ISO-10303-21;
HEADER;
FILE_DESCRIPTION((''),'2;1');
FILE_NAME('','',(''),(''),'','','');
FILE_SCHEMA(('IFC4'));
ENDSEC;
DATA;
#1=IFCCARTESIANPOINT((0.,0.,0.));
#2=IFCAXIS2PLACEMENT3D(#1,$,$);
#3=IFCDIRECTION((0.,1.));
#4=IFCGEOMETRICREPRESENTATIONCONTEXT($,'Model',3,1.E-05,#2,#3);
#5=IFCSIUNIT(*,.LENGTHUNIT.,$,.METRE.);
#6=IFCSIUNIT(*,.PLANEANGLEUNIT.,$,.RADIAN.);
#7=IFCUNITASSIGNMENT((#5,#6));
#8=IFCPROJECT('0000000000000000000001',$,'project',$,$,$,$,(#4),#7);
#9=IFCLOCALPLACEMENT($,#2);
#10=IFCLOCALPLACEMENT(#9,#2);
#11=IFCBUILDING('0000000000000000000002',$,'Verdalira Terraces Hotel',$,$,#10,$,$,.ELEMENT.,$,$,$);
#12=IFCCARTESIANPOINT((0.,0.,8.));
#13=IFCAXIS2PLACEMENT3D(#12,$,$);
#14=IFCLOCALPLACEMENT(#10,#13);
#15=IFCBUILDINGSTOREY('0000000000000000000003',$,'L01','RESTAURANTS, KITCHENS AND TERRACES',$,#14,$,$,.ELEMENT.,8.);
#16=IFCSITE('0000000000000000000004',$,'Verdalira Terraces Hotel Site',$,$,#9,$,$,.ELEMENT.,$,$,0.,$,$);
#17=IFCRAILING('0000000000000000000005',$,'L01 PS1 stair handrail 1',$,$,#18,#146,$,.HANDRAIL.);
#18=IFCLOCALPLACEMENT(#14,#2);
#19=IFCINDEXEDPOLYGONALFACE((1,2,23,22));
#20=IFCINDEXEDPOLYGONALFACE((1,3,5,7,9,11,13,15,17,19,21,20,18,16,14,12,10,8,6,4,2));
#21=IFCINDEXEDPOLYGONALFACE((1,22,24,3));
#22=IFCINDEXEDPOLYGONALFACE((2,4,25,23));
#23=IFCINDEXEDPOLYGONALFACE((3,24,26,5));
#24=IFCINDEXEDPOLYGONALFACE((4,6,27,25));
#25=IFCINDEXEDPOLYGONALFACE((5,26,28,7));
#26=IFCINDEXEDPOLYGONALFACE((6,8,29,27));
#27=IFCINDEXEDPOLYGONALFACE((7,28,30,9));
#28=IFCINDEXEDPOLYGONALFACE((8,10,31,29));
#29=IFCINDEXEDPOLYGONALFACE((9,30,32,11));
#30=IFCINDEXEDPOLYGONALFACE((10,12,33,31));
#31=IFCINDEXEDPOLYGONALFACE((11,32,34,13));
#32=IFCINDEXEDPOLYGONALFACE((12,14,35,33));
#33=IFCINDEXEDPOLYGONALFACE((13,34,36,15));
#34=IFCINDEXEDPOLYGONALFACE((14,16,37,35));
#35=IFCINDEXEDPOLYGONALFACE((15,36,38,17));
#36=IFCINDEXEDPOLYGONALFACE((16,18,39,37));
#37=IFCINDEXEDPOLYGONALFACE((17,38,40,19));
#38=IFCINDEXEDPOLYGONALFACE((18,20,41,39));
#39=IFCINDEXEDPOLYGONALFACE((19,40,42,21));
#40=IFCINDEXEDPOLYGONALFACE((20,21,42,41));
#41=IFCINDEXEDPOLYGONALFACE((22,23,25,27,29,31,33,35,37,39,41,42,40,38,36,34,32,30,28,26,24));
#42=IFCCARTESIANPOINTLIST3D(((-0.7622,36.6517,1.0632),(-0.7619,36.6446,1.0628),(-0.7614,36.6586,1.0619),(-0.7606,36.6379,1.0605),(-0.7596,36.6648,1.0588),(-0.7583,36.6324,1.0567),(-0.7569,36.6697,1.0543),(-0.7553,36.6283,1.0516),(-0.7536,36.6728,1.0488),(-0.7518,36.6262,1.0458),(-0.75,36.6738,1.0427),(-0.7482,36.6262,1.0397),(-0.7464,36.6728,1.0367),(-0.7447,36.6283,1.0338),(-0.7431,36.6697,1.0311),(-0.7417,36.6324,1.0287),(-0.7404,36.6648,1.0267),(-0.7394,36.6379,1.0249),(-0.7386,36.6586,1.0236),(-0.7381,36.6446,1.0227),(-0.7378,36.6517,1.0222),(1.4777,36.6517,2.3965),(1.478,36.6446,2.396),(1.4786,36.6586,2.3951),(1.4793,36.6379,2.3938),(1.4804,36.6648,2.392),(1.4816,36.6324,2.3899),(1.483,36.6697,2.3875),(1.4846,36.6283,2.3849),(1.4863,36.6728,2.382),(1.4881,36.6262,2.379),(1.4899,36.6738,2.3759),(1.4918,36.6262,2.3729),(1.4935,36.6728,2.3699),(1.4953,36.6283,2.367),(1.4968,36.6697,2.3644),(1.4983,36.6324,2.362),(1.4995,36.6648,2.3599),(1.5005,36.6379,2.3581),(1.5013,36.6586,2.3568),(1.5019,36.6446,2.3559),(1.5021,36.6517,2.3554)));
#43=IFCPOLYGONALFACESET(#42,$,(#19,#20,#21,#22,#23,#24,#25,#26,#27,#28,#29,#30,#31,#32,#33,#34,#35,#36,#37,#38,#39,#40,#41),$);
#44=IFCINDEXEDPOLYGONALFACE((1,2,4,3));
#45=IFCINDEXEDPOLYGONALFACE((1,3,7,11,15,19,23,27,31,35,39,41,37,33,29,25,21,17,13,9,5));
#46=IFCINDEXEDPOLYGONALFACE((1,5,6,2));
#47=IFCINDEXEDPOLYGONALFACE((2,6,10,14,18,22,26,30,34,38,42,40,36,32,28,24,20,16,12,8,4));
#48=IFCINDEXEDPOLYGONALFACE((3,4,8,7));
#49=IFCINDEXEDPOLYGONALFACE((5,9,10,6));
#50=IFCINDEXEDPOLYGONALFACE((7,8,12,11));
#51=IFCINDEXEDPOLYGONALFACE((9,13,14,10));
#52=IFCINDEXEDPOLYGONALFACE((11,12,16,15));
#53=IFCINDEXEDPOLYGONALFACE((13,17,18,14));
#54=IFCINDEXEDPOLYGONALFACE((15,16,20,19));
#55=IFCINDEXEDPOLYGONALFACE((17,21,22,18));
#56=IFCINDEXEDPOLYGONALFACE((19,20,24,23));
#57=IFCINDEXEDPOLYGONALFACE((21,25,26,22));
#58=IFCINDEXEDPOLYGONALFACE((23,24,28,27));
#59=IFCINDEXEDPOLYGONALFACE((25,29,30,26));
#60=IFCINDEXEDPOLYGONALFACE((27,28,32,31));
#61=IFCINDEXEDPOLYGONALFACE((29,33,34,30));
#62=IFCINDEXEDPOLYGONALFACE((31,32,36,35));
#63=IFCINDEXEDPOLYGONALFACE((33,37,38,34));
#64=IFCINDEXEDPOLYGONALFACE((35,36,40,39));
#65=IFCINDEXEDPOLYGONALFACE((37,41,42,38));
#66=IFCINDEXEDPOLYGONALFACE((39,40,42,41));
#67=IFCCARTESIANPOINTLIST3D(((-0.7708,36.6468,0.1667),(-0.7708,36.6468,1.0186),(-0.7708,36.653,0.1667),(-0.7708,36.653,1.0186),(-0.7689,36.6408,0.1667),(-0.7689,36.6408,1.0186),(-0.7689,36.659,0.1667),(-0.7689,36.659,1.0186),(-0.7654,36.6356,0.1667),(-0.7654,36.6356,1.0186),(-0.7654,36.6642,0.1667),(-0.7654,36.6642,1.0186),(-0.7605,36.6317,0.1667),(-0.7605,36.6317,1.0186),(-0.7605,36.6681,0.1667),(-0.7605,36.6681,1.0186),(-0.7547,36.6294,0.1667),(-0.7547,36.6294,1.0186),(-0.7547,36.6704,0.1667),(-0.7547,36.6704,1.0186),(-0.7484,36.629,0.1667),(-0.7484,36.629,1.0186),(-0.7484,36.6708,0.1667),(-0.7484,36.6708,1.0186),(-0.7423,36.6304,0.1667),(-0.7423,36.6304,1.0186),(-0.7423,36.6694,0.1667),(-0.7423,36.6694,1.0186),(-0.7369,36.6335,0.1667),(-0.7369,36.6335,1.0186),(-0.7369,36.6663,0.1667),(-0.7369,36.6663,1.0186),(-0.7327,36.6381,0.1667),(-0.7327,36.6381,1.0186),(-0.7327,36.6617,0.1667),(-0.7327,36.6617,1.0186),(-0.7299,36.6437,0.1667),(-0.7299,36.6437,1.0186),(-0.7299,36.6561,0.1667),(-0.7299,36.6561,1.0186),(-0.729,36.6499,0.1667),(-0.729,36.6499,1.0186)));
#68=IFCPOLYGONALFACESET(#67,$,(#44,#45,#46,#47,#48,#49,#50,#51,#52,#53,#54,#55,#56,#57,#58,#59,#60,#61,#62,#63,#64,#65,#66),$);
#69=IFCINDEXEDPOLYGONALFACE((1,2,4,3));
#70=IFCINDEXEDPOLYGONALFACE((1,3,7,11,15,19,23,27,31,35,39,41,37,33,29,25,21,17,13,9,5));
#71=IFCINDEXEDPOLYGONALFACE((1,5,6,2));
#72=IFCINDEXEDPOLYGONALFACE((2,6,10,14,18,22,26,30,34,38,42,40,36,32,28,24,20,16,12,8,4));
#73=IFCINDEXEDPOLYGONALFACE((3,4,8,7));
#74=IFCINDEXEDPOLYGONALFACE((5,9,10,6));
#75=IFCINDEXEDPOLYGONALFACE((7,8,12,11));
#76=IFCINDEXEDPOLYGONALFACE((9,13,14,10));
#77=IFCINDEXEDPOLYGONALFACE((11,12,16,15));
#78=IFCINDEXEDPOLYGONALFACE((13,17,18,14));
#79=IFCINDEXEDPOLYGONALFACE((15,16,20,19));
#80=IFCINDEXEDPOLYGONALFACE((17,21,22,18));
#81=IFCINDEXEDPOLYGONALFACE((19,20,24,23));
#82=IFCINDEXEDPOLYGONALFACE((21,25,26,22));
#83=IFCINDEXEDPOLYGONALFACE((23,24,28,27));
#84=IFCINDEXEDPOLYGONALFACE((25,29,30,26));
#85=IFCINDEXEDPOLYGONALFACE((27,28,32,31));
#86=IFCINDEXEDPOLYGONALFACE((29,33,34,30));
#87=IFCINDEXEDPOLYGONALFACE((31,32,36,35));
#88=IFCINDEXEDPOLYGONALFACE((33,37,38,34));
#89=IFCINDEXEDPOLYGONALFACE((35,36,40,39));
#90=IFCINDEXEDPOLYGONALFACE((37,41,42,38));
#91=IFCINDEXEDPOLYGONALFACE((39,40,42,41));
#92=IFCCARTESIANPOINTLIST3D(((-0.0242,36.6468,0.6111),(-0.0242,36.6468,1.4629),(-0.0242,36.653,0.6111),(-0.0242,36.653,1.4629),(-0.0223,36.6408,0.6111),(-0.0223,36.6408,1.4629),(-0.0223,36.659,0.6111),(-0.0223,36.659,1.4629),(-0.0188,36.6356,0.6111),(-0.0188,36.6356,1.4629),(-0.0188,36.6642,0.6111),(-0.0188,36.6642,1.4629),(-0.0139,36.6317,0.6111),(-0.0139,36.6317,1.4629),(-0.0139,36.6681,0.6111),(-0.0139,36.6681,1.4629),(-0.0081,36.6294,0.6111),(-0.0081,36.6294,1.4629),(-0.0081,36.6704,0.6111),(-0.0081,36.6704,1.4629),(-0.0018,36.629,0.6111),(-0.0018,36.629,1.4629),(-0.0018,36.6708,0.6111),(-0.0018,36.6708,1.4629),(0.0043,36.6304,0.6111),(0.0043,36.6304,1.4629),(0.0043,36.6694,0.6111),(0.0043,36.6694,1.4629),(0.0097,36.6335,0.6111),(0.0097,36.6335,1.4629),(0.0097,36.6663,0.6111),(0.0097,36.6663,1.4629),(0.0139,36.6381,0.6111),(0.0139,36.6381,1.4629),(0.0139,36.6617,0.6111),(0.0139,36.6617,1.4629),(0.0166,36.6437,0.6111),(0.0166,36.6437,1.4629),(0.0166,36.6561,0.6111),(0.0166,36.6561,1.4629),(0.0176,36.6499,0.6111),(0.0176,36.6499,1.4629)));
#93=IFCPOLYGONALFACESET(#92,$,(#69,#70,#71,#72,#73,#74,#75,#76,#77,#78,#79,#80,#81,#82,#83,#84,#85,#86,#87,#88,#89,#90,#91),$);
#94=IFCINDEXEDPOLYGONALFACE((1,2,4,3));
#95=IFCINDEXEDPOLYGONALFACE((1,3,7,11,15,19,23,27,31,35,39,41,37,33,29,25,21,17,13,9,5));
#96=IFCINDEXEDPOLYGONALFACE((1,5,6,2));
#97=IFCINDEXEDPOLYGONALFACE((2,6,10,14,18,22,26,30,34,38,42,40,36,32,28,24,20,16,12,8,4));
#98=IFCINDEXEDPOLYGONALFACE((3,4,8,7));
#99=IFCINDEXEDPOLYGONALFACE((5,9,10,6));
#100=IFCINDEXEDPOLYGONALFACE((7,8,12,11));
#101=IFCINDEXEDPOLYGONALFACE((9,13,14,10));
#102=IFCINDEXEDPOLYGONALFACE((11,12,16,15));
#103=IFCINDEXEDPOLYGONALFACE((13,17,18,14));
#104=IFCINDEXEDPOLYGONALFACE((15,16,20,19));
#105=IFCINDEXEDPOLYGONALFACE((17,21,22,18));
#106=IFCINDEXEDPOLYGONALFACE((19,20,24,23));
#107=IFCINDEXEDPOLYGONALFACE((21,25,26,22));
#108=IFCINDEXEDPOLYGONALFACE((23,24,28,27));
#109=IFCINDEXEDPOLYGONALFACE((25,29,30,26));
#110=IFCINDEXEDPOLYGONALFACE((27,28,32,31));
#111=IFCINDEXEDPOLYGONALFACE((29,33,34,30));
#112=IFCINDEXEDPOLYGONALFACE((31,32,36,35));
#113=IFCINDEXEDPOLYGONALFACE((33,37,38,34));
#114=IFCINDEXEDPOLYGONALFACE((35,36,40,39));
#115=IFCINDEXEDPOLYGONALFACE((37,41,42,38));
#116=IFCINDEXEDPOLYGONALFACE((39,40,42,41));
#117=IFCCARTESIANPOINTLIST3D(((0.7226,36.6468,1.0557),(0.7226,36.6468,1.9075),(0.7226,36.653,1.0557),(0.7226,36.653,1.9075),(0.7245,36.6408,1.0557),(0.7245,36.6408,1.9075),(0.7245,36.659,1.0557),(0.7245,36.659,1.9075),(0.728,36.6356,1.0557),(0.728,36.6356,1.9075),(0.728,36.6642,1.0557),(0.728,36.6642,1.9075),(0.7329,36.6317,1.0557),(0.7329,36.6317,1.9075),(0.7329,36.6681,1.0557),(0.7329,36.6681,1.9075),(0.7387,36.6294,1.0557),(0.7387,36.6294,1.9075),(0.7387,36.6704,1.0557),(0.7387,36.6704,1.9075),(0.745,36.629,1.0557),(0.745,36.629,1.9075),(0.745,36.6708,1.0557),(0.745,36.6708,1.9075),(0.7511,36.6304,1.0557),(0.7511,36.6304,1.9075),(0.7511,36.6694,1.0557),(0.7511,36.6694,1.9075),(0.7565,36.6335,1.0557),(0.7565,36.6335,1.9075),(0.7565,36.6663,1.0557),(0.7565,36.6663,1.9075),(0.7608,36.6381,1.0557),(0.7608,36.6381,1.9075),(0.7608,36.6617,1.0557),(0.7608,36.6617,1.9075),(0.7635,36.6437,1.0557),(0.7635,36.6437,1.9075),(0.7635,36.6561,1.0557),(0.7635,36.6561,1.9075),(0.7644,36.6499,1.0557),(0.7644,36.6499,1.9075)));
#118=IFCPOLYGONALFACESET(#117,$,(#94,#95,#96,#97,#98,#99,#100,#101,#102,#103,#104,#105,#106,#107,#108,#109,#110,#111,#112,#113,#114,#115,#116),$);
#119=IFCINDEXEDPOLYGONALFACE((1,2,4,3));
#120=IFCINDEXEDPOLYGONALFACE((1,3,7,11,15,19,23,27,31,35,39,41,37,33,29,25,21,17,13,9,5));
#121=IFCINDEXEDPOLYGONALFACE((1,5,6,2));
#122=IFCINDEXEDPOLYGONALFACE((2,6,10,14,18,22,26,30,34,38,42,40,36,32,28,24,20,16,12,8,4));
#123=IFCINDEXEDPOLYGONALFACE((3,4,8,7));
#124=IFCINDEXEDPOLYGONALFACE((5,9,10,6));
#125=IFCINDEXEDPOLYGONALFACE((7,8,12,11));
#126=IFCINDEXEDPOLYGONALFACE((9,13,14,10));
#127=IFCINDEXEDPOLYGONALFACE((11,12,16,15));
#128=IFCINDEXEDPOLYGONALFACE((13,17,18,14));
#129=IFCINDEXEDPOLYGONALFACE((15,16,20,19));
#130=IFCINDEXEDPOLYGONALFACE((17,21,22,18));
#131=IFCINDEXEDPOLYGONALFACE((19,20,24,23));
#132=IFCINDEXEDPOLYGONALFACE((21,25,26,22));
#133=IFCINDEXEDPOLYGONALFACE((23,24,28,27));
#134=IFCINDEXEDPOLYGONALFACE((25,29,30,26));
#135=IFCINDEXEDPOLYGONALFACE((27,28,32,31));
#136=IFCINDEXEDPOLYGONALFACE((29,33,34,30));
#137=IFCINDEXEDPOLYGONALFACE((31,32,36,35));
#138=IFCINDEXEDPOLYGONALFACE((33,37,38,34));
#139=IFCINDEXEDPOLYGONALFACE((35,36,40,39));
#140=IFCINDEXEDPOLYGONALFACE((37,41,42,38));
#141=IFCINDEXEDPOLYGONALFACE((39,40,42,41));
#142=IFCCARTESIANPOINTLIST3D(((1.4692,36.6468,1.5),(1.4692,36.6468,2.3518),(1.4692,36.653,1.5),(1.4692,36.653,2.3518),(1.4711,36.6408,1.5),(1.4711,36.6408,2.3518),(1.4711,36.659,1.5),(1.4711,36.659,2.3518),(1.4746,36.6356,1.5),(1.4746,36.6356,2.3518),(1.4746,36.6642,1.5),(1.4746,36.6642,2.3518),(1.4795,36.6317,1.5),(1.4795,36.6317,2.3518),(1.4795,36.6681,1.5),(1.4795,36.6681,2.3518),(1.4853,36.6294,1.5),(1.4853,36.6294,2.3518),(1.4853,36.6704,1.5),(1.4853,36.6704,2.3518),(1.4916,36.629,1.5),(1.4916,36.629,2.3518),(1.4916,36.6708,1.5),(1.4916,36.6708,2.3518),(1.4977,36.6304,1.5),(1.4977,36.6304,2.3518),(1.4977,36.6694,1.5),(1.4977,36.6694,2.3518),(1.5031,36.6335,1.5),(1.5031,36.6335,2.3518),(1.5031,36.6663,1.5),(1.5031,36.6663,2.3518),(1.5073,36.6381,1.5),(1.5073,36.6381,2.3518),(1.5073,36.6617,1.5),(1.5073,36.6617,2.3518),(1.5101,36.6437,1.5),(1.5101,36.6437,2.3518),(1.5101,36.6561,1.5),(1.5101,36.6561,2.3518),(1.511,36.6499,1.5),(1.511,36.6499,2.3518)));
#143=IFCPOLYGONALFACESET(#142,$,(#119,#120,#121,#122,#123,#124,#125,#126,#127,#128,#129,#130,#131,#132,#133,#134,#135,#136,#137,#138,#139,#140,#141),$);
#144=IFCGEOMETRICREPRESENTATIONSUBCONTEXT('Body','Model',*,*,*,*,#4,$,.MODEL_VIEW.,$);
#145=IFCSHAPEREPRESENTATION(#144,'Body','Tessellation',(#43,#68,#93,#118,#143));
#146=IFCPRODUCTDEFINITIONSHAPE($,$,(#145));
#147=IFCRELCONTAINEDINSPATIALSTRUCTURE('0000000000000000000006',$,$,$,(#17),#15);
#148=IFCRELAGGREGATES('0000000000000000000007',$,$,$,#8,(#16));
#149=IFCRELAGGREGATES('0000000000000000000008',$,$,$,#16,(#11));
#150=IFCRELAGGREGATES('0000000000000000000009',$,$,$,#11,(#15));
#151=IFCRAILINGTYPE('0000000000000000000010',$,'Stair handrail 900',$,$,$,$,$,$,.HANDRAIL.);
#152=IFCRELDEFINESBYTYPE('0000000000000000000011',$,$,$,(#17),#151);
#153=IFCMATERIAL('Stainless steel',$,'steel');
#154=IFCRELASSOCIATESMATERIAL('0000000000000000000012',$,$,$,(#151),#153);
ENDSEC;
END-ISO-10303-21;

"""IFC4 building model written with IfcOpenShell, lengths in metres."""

from ifc_helpers import new_model, si_unit, direction, frame, origin, origin_2d, place, context, subcontext, project, spatial, circle, extrude, material, type_object, element, save


model = new_model("IFC4")

# Units and contexts
model_context = context("Model", 3, precision=1e-05, world=origin(), true_north=direction((0.0, 1.0)))
body_context = subcontext(model_context, "Body", "Model", "MODEL_VIEW")
ifc_project = project(units=[si_unit("LENGTHUNIT", "METRE"), si_unit("PLANEANGLEUNIT", "RADIAN")], contexts=[model_context])

# Site, building, storey
site_placement = place(None, origin())
site = spatial("IfcSite", under=ifc_project, at=site_placement, Name="Verdalira Terraces Hotel Site", CompositionType="ELEMENT", RefElevation=0.0)
building_placement = place(site_placement, origin())
building = spatial("IfcBuilding", under=site, at=building_placement, Name="Verdalira Terraces Hotel", CompositionType="ELEMENT")
storey_placement = place(building_placement, frame((0.0, 0.0, 8.0)))
storey = spatial("IfcBuildingStorey", under=building, at=storey_placement, Name="L01", Description="RESTAURANTS, KITCHENS AND TERRACES", CompositionType="ELEMENT", Elevation=8.0)

# Railing
ifc_material_1 = material(Name="Stainless steel", Category="steel")
railing_type_1 = type_object("IfcRailingType", Name="Stair handrail 900", PredefinedType="HANDRAIL", material=ifc_material_1)
for number, where, name in (
    (1, (-0.75, 36.6499, 0.1667), "L01 PS1 stair handrail 1"),
):
    element("IfcRailing", number, at=place(storey_placement, frame(where)), inside=storey, type_object=railing_type_1, Name=name, PredefinedType="HANDRAIL", context=body_context, shape_type="SweptSolid", body=[
        extrude(circle(Radius=0.0239, at=origin_2d()), frame((0.0, 0.0, 0.876), z_axis=(0.859306, 0.0, 0.511462), x_axis=(0.0, 1.0, 0.0)), (0.0, 0.0, 1.0), 2.6067),
        extrude(circle(Radius=0.021, at=origin_2d()), origin(), (0.0, 0.0, 1.0), 0.8518),
        extrude(circle(Radius=0.021, at=origin_2d()), frame((0.7466, 0.0, 0.4443)), (0.0, 0.0, 1.0), 0.8518),
        extrude(circle(Radius=0.021, at=origin_2d()), frame((1.4934, 0.0, 0.8889)), (0.0, 0.0, 1.0), 0.8518),
        extrude(circle(Radius=0.021, at=origin_2d()), frame((2.24, 0.0, 1.3333)), (0.0, 0.0, 1.0), 0.8518),
    ])

save(model, "model.ifc")
